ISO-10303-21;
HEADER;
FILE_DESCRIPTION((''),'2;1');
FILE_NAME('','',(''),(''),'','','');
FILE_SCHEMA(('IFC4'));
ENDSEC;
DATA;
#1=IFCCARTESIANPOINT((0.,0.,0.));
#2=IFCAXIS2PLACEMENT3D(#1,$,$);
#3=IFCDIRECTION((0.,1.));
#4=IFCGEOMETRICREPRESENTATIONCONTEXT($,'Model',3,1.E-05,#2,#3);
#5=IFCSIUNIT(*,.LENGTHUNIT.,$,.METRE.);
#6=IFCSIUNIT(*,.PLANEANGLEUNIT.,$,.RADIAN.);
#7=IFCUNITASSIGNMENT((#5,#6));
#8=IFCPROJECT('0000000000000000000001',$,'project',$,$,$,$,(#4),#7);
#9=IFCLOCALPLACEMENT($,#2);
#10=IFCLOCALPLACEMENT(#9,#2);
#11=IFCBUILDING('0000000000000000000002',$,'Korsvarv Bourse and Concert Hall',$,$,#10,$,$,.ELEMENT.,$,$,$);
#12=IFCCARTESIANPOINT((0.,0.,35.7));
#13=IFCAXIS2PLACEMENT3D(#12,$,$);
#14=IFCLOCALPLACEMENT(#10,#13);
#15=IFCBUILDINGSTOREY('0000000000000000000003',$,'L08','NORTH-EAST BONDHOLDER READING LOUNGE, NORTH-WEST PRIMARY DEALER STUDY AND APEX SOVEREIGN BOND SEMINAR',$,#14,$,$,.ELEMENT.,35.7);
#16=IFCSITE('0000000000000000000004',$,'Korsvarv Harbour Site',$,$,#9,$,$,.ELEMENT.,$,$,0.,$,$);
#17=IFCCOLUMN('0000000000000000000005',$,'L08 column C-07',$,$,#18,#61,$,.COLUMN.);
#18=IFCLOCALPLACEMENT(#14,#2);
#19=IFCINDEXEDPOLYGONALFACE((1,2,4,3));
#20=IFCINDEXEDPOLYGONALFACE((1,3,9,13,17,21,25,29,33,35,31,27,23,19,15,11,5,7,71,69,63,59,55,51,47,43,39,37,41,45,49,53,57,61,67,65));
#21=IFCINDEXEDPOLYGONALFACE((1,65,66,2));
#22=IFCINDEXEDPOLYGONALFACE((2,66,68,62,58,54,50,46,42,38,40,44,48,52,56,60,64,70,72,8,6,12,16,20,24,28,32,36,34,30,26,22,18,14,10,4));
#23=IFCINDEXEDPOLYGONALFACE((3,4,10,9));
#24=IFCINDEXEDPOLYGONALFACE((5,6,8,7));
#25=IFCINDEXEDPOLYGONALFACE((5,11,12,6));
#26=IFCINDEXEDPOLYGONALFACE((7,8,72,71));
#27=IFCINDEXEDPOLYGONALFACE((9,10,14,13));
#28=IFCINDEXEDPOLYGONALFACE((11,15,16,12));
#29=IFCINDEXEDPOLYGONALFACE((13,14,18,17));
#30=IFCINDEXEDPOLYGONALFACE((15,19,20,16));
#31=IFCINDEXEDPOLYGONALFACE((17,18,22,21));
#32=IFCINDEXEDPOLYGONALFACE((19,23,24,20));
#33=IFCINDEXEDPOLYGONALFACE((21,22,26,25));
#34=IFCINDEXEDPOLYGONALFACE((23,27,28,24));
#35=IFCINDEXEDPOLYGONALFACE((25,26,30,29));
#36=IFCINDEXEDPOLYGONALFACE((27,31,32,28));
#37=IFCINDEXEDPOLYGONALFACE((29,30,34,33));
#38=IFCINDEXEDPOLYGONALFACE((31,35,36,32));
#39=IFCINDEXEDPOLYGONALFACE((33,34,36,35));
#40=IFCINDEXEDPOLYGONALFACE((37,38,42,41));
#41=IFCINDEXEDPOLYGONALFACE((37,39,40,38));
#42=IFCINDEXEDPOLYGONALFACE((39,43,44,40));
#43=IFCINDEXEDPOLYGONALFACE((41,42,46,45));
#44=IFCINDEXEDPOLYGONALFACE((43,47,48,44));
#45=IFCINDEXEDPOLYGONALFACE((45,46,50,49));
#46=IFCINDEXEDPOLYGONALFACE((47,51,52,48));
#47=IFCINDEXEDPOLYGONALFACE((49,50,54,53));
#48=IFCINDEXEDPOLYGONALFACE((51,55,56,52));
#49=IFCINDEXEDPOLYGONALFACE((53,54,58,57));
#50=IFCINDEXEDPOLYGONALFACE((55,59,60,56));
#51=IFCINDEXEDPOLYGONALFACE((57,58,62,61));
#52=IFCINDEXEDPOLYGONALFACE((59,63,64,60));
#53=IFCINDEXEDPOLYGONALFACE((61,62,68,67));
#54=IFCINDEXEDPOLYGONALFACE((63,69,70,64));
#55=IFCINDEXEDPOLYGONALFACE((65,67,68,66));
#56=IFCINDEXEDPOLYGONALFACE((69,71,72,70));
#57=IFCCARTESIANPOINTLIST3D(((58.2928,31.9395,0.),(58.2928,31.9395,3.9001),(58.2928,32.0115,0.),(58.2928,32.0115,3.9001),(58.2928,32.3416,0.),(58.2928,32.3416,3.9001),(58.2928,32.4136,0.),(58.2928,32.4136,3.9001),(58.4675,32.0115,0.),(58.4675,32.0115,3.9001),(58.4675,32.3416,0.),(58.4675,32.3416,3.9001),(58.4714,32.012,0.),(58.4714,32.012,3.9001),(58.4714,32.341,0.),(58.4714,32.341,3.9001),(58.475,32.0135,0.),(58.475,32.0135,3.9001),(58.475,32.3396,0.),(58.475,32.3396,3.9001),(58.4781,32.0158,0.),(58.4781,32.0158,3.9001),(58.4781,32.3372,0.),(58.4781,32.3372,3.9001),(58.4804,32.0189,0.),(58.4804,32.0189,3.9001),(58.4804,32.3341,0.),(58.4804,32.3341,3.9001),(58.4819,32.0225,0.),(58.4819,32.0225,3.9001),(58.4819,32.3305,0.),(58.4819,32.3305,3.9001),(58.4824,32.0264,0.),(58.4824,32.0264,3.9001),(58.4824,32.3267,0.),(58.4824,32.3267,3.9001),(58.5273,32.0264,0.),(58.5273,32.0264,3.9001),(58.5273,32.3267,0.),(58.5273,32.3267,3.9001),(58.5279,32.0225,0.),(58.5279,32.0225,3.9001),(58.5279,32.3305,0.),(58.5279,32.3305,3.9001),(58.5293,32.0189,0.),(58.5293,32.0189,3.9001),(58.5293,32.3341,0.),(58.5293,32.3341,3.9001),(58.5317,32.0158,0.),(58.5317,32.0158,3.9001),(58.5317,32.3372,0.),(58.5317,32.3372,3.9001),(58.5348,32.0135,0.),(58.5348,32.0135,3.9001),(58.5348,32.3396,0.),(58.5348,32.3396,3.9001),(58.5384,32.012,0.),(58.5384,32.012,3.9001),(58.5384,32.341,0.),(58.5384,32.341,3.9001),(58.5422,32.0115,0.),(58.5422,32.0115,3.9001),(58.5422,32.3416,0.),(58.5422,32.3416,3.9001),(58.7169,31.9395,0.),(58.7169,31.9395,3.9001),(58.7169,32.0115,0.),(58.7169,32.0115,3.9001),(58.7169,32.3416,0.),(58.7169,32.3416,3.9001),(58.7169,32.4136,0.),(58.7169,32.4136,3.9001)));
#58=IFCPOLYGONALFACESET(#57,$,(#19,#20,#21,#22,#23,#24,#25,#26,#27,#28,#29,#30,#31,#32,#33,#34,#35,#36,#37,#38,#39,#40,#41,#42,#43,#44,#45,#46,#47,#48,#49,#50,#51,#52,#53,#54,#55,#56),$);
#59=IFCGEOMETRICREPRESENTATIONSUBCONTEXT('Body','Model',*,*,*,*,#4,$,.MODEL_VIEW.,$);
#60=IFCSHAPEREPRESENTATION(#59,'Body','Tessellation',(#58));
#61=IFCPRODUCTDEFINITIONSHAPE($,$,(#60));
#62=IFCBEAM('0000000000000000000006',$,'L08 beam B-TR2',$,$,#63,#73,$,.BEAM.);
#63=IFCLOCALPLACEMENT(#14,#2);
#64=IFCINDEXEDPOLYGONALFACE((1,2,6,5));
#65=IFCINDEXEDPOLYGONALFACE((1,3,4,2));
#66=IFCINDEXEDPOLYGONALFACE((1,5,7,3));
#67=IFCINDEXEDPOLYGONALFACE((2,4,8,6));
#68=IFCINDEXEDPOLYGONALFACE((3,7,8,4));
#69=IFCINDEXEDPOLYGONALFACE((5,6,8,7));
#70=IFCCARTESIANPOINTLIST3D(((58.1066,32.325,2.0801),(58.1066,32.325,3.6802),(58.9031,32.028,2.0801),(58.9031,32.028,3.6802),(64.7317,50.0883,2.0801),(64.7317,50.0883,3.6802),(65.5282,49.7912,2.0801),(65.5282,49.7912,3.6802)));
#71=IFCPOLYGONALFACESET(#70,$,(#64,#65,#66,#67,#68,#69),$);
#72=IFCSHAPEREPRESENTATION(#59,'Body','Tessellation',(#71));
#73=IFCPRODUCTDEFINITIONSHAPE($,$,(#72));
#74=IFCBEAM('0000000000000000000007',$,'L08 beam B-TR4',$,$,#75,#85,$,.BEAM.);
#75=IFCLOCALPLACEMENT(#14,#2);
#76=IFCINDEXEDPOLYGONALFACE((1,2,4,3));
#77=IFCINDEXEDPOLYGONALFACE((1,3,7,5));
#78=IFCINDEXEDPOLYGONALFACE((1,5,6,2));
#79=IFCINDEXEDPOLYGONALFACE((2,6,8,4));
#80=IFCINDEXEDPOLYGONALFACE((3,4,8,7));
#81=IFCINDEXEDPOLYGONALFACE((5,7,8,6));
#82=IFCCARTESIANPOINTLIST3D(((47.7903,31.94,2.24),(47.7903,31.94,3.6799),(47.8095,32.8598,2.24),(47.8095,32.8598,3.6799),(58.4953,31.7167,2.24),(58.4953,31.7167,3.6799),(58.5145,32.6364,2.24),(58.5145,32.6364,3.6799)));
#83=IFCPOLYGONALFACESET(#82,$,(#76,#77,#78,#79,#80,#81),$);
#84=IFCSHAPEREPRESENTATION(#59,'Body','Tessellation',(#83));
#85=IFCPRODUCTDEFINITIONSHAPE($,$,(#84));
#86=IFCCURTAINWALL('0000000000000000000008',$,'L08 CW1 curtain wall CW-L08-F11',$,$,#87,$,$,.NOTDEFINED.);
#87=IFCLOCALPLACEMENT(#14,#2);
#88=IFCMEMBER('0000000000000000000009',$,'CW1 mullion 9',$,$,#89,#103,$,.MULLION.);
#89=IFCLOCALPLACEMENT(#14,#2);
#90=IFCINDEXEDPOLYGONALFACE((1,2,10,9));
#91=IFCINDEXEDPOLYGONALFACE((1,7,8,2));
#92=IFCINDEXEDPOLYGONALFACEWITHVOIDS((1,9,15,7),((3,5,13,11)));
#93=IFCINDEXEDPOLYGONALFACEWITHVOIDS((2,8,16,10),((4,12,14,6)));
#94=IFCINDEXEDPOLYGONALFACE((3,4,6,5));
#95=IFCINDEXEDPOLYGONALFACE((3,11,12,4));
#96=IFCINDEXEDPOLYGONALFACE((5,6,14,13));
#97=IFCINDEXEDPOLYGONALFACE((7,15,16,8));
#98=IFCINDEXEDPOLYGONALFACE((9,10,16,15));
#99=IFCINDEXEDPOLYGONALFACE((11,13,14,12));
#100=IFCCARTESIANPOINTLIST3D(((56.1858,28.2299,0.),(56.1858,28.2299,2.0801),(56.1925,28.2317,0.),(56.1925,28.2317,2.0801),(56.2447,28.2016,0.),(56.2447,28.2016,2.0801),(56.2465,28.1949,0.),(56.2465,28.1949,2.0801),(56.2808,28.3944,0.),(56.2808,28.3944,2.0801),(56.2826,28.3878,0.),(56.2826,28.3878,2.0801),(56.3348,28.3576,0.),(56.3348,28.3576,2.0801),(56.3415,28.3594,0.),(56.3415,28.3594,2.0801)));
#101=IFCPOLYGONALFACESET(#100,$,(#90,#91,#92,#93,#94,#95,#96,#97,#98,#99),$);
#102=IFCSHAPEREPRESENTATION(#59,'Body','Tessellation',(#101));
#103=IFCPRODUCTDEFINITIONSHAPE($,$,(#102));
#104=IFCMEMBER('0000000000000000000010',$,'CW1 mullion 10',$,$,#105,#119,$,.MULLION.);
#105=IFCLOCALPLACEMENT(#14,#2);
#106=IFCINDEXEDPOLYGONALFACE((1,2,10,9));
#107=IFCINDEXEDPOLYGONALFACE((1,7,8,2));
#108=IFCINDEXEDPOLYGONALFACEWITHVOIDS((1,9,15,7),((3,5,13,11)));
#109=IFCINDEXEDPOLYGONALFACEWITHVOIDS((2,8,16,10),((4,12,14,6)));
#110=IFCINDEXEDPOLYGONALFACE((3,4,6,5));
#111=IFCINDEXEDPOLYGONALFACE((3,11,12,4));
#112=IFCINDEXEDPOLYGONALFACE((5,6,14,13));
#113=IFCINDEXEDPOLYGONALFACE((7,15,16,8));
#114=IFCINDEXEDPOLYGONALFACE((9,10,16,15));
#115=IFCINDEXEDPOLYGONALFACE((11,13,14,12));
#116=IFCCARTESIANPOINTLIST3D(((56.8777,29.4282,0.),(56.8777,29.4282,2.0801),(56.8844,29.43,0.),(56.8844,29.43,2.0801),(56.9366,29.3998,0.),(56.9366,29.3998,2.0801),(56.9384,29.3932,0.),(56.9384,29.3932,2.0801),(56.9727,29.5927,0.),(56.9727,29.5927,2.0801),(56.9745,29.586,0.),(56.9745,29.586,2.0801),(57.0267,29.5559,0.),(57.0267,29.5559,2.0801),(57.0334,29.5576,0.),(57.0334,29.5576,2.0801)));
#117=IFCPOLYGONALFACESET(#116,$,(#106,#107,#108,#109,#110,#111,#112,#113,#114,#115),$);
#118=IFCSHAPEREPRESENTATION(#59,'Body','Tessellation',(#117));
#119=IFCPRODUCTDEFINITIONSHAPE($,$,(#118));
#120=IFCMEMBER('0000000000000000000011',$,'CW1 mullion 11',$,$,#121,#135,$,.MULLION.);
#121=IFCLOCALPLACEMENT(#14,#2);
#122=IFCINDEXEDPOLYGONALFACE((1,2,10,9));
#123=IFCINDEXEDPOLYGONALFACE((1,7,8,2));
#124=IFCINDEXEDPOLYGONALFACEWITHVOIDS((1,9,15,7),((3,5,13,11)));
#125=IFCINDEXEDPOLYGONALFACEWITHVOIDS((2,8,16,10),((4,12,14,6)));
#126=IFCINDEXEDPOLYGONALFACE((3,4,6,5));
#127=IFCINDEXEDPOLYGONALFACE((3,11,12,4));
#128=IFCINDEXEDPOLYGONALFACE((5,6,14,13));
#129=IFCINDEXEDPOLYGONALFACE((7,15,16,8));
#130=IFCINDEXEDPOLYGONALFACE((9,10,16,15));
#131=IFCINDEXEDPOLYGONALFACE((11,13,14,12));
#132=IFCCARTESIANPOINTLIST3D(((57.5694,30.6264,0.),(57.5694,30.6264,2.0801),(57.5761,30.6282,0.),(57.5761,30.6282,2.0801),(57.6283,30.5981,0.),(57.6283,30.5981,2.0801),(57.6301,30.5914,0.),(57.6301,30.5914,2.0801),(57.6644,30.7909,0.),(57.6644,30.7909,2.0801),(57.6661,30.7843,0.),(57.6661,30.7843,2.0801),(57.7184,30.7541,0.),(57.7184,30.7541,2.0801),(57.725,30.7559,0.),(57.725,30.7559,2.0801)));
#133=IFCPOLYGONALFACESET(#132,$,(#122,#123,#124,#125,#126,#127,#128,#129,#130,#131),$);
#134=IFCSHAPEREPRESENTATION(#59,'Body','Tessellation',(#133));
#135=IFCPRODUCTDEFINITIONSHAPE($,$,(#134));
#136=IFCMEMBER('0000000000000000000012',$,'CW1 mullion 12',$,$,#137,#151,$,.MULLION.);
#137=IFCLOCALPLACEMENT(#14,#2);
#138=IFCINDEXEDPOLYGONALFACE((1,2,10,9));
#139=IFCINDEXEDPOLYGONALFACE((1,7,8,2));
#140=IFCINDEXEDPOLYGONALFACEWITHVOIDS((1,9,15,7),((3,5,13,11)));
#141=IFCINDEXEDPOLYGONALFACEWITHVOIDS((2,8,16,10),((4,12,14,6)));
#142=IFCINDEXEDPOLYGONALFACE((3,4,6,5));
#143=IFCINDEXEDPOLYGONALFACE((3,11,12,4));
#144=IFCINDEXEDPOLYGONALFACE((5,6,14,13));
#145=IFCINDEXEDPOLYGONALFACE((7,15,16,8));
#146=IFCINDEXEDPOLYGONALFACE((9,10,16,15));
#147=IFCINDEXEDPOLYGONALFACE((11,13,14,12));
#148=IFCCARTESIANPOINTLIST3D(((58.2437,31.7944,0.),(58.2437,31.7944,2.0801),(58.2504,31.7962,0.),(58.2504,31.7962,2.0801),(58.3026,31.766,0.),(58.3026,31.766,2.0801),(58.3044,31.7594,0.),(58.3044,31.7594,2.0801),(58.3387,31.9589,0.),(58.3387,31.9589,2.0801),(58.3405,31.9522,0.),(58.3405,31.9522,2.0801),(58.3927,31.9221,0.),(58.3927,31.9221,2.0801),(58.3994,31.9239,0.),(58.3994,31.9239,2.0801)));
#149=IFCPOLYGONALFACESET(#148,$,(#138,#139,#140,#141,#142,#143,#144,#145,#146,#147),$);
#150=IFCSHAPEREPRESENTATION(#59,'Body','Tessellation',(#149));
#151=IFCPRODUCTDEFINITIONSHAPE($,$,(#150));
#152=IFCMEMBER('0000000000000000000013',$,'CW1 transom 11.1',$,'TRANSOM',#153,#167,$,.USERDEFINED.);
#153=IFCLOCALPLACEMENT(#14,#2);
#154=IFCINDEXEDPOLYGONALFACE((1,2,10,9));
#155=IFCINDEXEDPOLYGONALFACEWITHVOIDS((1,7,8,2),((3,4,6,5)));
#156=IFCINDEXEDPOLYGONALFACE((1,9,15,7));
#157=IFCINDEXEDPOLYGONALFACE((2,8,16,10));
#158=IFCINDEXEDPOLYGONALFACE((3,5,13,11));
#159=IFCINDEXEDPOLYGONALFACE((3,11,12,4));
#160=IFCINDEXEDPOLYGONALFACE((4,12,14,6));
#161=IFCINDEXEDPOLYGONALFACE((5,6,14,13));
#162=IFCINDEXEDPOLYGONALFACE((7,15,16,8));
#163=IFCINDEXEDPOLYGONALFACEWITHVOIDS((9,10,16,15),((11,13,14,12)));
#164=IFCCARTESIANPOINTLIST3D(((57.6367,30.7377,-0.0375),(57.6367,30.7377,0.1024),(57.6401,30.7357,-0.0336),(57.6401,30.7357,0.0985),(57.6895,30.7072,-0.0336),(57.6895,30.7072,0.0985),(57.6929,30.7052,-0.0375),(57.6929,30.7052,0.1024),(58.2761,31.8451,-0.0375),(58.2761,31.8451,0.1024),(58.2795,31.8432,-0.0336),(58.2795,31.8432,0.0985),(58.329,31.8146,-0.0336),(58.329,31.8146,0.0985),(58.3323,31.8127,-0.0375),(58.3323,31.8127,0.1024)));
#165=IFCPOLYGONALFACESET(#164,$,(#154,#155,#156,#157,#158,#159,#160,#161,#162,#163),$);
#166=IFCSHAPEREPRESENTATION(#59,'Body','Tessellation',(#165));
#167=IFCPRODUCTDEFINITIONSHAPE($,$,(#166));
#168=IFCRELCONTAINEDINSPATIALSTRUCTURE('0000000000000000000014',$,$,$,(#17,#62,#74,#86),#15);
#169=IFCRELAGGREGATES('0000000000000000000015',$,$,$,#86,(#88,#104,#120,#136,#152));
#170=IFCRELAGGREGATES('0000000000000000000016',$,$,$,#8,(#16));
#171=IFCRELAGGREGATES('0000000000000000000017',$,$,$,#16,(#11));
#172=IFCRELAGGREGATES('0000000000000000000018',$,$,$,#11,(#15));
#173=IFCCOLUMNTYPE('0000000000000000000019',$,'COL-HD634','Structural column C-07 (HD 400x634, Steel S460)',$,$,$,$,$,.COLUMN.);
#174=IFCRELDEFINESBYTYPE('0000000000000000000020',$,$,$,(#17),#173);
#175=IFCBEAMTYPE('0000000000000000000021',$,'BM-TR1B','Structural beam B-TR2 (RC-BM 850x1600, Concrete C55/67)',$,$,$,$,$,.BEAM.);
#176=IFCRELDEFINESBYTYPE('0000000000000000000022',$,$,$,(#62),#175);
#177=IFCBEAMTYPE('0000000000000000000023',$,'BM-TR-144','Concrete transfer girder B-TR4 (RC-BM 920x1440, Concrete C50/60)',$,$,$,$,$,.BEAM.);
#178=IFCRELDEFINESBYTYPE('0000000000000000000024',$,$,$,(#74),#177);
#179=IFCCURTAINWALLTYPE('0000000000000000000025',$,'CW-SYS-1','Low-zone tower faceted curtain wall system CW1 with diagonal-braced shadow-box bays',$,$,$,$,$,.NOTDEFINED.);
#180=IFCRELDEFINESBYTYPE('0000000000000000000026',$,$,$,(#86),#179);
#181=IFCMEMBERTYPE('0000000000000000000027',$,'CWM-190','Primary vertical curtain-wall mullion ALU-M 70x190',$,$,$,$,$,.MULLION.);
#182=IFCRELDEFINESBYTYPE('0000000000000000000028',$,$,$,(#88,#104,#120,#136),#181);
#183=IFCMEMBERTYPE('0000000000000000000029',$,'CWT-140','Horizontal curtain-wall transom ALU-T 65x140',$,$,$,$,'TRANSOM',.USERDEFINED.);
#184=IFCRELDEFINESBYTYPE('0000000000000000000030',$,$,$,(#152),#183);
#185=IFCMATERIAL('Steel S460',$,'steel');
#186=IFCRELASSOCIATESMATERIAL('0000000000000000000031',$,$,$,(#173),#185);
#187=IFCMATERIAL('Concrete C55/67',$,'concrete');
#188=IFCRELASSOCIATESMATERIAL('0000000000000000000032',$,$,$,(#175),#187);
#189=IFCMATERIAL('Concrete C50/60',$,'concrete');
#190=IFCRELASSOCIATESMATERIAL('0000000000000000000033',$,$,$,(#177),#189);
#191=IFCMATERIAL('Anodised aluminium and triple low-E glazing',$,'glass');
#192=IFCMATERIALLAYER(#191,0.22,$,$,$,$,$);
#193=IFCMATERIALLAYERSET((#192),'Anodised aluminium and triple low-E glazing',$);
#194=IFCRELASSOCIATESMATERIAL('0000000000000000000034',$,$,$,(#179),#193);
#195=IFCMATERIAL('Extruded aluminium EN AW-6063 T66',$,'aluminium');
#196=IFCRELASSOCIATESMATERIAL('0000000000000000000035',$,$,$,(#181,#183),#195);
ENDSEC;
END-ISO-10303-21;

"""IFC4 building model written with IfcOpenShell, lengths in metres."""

from ifc_helpers import new_model, si_unit, direction, frame, origin, origin_2d, place, context, subcontext, project, spatial, rectangle, hollow_rectangle, i_section, extrude, source, transform, mapped, material, layer, layer_set, material_profile, profile_set, type_object, element, aggregate, save


model = new_model("IFC4")

# Units and contexts
model_context = context("Model", 3, precision=1e-05, world=origin(), true_north=direction((0.0, 1.0)))
body_context = subcontext(model_context, "Body", "Model", "MODEL_VIEW")
ifc_project = project(units=[si_unit("LENGTHUNIT", "METRE"), si_unit("PLANEANGLEUNIT", "RADIAN")], contexts=[model_context])

# Site, building, storey
site_placement = place(None, origin())
site = spatial("IfcSite", under=ifc_project, at=site_placement, Name="Korsvarv Harbour Site", CompositionType="ELEMENT", RefElevation=0.0)
building_placement = place(site_placement, origin())
building = spatial("IfcBuilding", under=site, at=building_placement, Name="Korsvarv Bourse and Concert Hall", CompositionType="ELEMENT")
storey_placement = place(building_placement, frame((0.0, 0.0, 35.7)))
storey = spatial("IfcBuildingStorey", under=building, at=storey_placement, Name="L08", Description="NORTH-EAST BONDHOLDER READING LOUNGE, NORTH-WEST PRIMARY DEALER STUDY AND APEX SOVEREIGN BOND SEMINAR", CompositionType="ELEMENT", Elevation=35.7)

# Column
ifc_material_1 = material(Name="Steel S460", Category="steel")
ifc_material_profile_1 = material_profile(ifc_material_1, i_section(OverallWidth=0.4241, OverallDepth=0.4741, WebThickness=0.0449, FlangeThickness=0.072, FilletRadius=0.0149, at=origin_2d()), Name="HD 400x634")
ifc_profile_set_1 = profile_set([ifc_material_profile_1], Name="Steel S460")
column_type = type_object("IfcColumnType", Name="COL-HD634", Description="Structural column C-07 (HD 400x634, Steel S460)", PredefinedType="COLUMN", material=ifc_profile_set_1)
shared_shape_1 = source(origin(), body_context, "Body", "SweptSolid", [
    extrude(i_section(OverallWidth=0.4241, OverallDepth=0.4741, WebThickness=0.0449, FlangeThickness=0.072, FilletRadius=0.0149, at=origin_2d()), origin(), (0.0, 0.0, 1.0), 3.9001),
])
column_placement = place(storey_placement, frame((58.5049, 32.1765, 0.0), z_axis=(0.0, 0.0, 1.0), x_axis=(1.0, 0.0, 0.0)))
element("IfcColumn", 1, at=column_placement, inside=storey, type_object=column_type, Name="L08 column C-07", PredefinedType="COLUMN", context=body_context, shape_type="MappedRepresentation", body=[
    mapped(shared_shape_1, transform((0.0, 0.0, 0.0), scale=1.0)),
])

# Beams
ifc_material_2 = material(Name="Concrete C55/67", Category="concrete")
ifc_material_profile_2 = material_profile(ifc_material_2, rectangle(XDim=0.8501, YDim=1.6001, at=origin_2d()), Name="RC-BM 850x1600")
ifc_profile_set_2 = profile_set([ifc_material_profile_2], Name="Concrete C55/67")
beam_type_1 = type_object("IfcBeamType", Name="BM-TR1B", Description="Structural beam B-TR2 (RC-BM 850x1600, Concrete C55/67)", PredefinedType="BEAM", material=ifc_profile_set_2)
shared_shape_2 = source(origin(), body_context, "Body", "SweptSolid", [
    extrude(rectangle(XDim=0.8501, YDim=1.6001, at=origin_2d()), origin(), (0.0, 0.0, 1.0), 18.9585),
])
beam_1_placement = place(storey_placement, frame((58.5049, 32.1765, 2.8801), z_axis=(0.349449, 0.936955, 0.0), x_axis=(-0.936955, 0.349449, 0.0)))
element("IfcBeam", 2, at=beam_1_placement, inside=storey, type_object=beam_type_1, Name="L08 beam B-TR2", PredefinedType="BEAM", context=body_context, shape_type="MappedRepresentation", body=[
    mapped(shared_shape_2, transform((0.0, 0.0, 0.0), scale=1.0)),
])
ifc_material_3 = material(Name="Concrete C50/60", Category="concrete")
ifc_material_profile_3 = material_profile(ifc_material_3, rectangle(XDim=0.9199, YDim=1.4399, at=origin_2d()), Name="RC-BM 920x1440")
ifc_profile_set_3 = profile_set([ifc_material_profile_3], Name="Concrete C50/60")
beam_type_2 = type_object("IfcBeamType", Name="BM-TR-144", Description="Concrete transfer girder B-TR4 (RC-BM 920x1440, Concrete C50/60)", PredefinedType="BEAM", material=ifc_profile_set_3)
shared_shape_3 = source(origin(), body_context, "Body", "SweptSolid", [
    extrude(rectangle(XDim=0.9199, YDim=1.4399, at=origin_2d()), origin(), (0.0, 0.0, 1.0), 10.7073),
])
beam_2_placement = place(storey_placement, frame((58.5049, 32.1765, 2.96), z_axis=(-0.999782, 0.020863, 0.0), x_axis=(-0.020863, -0.999782, 0.0)))
element("IfcBeam", 3, at=beam_2_placement, inside=storey, type_object=beam_type_2, Name="L08 beam B-TR4", PredefinedType="BEAM", context=body_context, shape_type="MappedRepresentation", body=[
    mapped(shared_shape_3, transform((0.0, 0.0, 0.0), scale=1.0)),
])

# Curtain wall, members
ifc_material_4 = material(Name="Anodised aluminium and triple low-E glazing", Category="glass")
ifc_layer_1 = layer(ifc_material_4, 0.22)
ifc_layer_set_1 = layer_set([ifc_layer_1], Name="Anodised aluminium and triple low-E glazing")
curtain_wall_type = type_object("IfcCurtainWallType", Name="CW-SYS-1", Description="Low-zone tower faceted curtain wall system CW1 with diagonal-braced shadow-box bays", PredefinedType="NOTDEFINED", material=ifc_layer_set_1)
curtain_wall_placement = place(storey_placement, origin())
curtain_wall = element("IfcCurtainWall", 4, at=curtain_wall_placement, inside=storey, type_object=curtain_wall_type, Name="L08 CW1 curtain wall CW-L08-F11", PredefinedType="NOTDEFINED")
ifc_material_5 = material(Name="Extruded aluminium EN AW-6063 T66", Category="aluminium")
ifc_material_profile_4 = material_profile(ifc_material_5, hollow_rectangle(XDim=0.0701, YDim=0.1899, WallThickness=0.0049, at=origin_2d()), Name="ALU-M 70x190")
ifc_profile_set_4 = profile_set([ifc_material_profile_4], Name="Extruded aluminium EN AW-6063 T66")
member_type_1 = type_object("IfcMemberType", Name="CWM-190", Description="Primary vertical curtain-wall mullion ALU-M 70x190", PredefinedType="MULLION", material=ifc_profile_set_4)
shared_shape_4 = source(origin(), body_context, "Body", "SweptSolid", [
    extrude(hollow_rectangle(XDim=0.0701, YDim=0.1899, WallThickness=0.0049, at=origin_2d()), origin(), (0.0, 0.0, 1.0), 2.0801),
])
member_1_placement = place(storey_placement, frame((56.2637, 28.2947, 0.0), z_axis=(0.0, 0.0, 1.0), x_axis=(-0.866026, 0.5, 0.0)))
member_1 = element("IfcMember", 5, at=member_1_placement, type_object=member_type_1, Name="CW1 mullion 9", PredefinedType="MULLION", context=body_context, shape_type="MappedRepresentation", body=[
    mapped(shared_shape_4, transform((0.0, 0.0, 0.0), scale=1.0)),
])
member_2_placement = place(storey_placement, frame((56.9556, 29.4929, 0.0), z_axis=(0.0, 0.0, 1.0), x_axis=(-0.866026, 0.5, 0.0)))
member_2 = element("IfcMember", 6, at=member_2_placement, type_object=member_type_1, Name="CW1 mullion 10", PredefinedType="MULLION", context=body_context, shape_type="MappedRepresentation", body=[
    mapped(shared_shape_4, transform((0.0, 0.0, 0.0), scale=1.0)),
])
member_3_placement = place(storey_placement, frame((57.6472, 30.6912, 0.0), z_axis=(0.0, 0.0, 1.0), x_axis=(-0.866026, 0.5, 0.0)))
member_3 = element("IfcMember", 7, at=member_3_placement, type_object=member_type_1, Name="CW1 mullion 11", PredefinedType="MULLION", context=body_context, shape_type="MappedRepresentation", body=[
    mapped(shared_shape_4, transform((0.0, 0.0, 0.0), scale=1.0)),
])
member_4_placement = place(storey_placement, frame((58.3215, 31.8591, 0.0), z_axis=(0.0, 0.0, 1.0), x_axis=(-0.866026, 0.5, 0.0)))
member_4 = element("IfcMember", 8, at=member_4_placement, type_object=member_type_1, Name="CW1 mullion 12", PredefinedType="MULLION", context=body_context, shape_type="MappedRepresentation", body=[
    mapped(shared_shape_4, transform((0.0, 0.0, 0.0), scale=1.0)),
])
ifc_material_profile_5 = material_profile(ifc_material_5, hollow_rectangle(XDim=0.0649, YDim=0.1399, WallThickness=0.0039, at=origin_2d()), Name="ALU-T 65x140")
ifc_profile_set_5 = profile_set([ifc_material_profile_5], Name="Extruded aluminium EN AW-6063 T66")
member_type_2 = type_object("IfcMemberType", Name="CWT-140", Description="Horizontal curtain-wall transom ALU-T 65x140", ElementType="TRANSOM", PredefinedType="USERDEFINED", material=ifc_profile_set_5)
shared_shape_5 = source(origin(), body_context, "Body", "SweptSolid", [
    extrude(hollow_rectangle(XDim=0.0649, YDim=0.1399, WallThickness=0.0039, at=origin_2d()), origin(), (0.0, 0.0, 1.0), 1.2788),
])
member_5_placement = place(storey_placement, frame((57.6648, 30.7214, 0.0325), z_axis=(0.50002, 0.866014, 0.0), x_axis=(-0.866014, 0.50002, 0.0)))
member_5 = element("IfcMember", 9, at=member_5_placement, type_object=member_type_2, Name="CW1 transom 11.1", ObjectType="TRANSOM", PredefinedType="USERDEFINED", context=body_context, shape_type="MappedRepresentation", body=[
    mapped(shared_shape_5, transform((0.0, 0.0, 0.0), scale=1.0)),
])
aggregate(curtain_wall, [member_1, member_2, member_3, member_4, member_5])

save(model, "model.ifc")
